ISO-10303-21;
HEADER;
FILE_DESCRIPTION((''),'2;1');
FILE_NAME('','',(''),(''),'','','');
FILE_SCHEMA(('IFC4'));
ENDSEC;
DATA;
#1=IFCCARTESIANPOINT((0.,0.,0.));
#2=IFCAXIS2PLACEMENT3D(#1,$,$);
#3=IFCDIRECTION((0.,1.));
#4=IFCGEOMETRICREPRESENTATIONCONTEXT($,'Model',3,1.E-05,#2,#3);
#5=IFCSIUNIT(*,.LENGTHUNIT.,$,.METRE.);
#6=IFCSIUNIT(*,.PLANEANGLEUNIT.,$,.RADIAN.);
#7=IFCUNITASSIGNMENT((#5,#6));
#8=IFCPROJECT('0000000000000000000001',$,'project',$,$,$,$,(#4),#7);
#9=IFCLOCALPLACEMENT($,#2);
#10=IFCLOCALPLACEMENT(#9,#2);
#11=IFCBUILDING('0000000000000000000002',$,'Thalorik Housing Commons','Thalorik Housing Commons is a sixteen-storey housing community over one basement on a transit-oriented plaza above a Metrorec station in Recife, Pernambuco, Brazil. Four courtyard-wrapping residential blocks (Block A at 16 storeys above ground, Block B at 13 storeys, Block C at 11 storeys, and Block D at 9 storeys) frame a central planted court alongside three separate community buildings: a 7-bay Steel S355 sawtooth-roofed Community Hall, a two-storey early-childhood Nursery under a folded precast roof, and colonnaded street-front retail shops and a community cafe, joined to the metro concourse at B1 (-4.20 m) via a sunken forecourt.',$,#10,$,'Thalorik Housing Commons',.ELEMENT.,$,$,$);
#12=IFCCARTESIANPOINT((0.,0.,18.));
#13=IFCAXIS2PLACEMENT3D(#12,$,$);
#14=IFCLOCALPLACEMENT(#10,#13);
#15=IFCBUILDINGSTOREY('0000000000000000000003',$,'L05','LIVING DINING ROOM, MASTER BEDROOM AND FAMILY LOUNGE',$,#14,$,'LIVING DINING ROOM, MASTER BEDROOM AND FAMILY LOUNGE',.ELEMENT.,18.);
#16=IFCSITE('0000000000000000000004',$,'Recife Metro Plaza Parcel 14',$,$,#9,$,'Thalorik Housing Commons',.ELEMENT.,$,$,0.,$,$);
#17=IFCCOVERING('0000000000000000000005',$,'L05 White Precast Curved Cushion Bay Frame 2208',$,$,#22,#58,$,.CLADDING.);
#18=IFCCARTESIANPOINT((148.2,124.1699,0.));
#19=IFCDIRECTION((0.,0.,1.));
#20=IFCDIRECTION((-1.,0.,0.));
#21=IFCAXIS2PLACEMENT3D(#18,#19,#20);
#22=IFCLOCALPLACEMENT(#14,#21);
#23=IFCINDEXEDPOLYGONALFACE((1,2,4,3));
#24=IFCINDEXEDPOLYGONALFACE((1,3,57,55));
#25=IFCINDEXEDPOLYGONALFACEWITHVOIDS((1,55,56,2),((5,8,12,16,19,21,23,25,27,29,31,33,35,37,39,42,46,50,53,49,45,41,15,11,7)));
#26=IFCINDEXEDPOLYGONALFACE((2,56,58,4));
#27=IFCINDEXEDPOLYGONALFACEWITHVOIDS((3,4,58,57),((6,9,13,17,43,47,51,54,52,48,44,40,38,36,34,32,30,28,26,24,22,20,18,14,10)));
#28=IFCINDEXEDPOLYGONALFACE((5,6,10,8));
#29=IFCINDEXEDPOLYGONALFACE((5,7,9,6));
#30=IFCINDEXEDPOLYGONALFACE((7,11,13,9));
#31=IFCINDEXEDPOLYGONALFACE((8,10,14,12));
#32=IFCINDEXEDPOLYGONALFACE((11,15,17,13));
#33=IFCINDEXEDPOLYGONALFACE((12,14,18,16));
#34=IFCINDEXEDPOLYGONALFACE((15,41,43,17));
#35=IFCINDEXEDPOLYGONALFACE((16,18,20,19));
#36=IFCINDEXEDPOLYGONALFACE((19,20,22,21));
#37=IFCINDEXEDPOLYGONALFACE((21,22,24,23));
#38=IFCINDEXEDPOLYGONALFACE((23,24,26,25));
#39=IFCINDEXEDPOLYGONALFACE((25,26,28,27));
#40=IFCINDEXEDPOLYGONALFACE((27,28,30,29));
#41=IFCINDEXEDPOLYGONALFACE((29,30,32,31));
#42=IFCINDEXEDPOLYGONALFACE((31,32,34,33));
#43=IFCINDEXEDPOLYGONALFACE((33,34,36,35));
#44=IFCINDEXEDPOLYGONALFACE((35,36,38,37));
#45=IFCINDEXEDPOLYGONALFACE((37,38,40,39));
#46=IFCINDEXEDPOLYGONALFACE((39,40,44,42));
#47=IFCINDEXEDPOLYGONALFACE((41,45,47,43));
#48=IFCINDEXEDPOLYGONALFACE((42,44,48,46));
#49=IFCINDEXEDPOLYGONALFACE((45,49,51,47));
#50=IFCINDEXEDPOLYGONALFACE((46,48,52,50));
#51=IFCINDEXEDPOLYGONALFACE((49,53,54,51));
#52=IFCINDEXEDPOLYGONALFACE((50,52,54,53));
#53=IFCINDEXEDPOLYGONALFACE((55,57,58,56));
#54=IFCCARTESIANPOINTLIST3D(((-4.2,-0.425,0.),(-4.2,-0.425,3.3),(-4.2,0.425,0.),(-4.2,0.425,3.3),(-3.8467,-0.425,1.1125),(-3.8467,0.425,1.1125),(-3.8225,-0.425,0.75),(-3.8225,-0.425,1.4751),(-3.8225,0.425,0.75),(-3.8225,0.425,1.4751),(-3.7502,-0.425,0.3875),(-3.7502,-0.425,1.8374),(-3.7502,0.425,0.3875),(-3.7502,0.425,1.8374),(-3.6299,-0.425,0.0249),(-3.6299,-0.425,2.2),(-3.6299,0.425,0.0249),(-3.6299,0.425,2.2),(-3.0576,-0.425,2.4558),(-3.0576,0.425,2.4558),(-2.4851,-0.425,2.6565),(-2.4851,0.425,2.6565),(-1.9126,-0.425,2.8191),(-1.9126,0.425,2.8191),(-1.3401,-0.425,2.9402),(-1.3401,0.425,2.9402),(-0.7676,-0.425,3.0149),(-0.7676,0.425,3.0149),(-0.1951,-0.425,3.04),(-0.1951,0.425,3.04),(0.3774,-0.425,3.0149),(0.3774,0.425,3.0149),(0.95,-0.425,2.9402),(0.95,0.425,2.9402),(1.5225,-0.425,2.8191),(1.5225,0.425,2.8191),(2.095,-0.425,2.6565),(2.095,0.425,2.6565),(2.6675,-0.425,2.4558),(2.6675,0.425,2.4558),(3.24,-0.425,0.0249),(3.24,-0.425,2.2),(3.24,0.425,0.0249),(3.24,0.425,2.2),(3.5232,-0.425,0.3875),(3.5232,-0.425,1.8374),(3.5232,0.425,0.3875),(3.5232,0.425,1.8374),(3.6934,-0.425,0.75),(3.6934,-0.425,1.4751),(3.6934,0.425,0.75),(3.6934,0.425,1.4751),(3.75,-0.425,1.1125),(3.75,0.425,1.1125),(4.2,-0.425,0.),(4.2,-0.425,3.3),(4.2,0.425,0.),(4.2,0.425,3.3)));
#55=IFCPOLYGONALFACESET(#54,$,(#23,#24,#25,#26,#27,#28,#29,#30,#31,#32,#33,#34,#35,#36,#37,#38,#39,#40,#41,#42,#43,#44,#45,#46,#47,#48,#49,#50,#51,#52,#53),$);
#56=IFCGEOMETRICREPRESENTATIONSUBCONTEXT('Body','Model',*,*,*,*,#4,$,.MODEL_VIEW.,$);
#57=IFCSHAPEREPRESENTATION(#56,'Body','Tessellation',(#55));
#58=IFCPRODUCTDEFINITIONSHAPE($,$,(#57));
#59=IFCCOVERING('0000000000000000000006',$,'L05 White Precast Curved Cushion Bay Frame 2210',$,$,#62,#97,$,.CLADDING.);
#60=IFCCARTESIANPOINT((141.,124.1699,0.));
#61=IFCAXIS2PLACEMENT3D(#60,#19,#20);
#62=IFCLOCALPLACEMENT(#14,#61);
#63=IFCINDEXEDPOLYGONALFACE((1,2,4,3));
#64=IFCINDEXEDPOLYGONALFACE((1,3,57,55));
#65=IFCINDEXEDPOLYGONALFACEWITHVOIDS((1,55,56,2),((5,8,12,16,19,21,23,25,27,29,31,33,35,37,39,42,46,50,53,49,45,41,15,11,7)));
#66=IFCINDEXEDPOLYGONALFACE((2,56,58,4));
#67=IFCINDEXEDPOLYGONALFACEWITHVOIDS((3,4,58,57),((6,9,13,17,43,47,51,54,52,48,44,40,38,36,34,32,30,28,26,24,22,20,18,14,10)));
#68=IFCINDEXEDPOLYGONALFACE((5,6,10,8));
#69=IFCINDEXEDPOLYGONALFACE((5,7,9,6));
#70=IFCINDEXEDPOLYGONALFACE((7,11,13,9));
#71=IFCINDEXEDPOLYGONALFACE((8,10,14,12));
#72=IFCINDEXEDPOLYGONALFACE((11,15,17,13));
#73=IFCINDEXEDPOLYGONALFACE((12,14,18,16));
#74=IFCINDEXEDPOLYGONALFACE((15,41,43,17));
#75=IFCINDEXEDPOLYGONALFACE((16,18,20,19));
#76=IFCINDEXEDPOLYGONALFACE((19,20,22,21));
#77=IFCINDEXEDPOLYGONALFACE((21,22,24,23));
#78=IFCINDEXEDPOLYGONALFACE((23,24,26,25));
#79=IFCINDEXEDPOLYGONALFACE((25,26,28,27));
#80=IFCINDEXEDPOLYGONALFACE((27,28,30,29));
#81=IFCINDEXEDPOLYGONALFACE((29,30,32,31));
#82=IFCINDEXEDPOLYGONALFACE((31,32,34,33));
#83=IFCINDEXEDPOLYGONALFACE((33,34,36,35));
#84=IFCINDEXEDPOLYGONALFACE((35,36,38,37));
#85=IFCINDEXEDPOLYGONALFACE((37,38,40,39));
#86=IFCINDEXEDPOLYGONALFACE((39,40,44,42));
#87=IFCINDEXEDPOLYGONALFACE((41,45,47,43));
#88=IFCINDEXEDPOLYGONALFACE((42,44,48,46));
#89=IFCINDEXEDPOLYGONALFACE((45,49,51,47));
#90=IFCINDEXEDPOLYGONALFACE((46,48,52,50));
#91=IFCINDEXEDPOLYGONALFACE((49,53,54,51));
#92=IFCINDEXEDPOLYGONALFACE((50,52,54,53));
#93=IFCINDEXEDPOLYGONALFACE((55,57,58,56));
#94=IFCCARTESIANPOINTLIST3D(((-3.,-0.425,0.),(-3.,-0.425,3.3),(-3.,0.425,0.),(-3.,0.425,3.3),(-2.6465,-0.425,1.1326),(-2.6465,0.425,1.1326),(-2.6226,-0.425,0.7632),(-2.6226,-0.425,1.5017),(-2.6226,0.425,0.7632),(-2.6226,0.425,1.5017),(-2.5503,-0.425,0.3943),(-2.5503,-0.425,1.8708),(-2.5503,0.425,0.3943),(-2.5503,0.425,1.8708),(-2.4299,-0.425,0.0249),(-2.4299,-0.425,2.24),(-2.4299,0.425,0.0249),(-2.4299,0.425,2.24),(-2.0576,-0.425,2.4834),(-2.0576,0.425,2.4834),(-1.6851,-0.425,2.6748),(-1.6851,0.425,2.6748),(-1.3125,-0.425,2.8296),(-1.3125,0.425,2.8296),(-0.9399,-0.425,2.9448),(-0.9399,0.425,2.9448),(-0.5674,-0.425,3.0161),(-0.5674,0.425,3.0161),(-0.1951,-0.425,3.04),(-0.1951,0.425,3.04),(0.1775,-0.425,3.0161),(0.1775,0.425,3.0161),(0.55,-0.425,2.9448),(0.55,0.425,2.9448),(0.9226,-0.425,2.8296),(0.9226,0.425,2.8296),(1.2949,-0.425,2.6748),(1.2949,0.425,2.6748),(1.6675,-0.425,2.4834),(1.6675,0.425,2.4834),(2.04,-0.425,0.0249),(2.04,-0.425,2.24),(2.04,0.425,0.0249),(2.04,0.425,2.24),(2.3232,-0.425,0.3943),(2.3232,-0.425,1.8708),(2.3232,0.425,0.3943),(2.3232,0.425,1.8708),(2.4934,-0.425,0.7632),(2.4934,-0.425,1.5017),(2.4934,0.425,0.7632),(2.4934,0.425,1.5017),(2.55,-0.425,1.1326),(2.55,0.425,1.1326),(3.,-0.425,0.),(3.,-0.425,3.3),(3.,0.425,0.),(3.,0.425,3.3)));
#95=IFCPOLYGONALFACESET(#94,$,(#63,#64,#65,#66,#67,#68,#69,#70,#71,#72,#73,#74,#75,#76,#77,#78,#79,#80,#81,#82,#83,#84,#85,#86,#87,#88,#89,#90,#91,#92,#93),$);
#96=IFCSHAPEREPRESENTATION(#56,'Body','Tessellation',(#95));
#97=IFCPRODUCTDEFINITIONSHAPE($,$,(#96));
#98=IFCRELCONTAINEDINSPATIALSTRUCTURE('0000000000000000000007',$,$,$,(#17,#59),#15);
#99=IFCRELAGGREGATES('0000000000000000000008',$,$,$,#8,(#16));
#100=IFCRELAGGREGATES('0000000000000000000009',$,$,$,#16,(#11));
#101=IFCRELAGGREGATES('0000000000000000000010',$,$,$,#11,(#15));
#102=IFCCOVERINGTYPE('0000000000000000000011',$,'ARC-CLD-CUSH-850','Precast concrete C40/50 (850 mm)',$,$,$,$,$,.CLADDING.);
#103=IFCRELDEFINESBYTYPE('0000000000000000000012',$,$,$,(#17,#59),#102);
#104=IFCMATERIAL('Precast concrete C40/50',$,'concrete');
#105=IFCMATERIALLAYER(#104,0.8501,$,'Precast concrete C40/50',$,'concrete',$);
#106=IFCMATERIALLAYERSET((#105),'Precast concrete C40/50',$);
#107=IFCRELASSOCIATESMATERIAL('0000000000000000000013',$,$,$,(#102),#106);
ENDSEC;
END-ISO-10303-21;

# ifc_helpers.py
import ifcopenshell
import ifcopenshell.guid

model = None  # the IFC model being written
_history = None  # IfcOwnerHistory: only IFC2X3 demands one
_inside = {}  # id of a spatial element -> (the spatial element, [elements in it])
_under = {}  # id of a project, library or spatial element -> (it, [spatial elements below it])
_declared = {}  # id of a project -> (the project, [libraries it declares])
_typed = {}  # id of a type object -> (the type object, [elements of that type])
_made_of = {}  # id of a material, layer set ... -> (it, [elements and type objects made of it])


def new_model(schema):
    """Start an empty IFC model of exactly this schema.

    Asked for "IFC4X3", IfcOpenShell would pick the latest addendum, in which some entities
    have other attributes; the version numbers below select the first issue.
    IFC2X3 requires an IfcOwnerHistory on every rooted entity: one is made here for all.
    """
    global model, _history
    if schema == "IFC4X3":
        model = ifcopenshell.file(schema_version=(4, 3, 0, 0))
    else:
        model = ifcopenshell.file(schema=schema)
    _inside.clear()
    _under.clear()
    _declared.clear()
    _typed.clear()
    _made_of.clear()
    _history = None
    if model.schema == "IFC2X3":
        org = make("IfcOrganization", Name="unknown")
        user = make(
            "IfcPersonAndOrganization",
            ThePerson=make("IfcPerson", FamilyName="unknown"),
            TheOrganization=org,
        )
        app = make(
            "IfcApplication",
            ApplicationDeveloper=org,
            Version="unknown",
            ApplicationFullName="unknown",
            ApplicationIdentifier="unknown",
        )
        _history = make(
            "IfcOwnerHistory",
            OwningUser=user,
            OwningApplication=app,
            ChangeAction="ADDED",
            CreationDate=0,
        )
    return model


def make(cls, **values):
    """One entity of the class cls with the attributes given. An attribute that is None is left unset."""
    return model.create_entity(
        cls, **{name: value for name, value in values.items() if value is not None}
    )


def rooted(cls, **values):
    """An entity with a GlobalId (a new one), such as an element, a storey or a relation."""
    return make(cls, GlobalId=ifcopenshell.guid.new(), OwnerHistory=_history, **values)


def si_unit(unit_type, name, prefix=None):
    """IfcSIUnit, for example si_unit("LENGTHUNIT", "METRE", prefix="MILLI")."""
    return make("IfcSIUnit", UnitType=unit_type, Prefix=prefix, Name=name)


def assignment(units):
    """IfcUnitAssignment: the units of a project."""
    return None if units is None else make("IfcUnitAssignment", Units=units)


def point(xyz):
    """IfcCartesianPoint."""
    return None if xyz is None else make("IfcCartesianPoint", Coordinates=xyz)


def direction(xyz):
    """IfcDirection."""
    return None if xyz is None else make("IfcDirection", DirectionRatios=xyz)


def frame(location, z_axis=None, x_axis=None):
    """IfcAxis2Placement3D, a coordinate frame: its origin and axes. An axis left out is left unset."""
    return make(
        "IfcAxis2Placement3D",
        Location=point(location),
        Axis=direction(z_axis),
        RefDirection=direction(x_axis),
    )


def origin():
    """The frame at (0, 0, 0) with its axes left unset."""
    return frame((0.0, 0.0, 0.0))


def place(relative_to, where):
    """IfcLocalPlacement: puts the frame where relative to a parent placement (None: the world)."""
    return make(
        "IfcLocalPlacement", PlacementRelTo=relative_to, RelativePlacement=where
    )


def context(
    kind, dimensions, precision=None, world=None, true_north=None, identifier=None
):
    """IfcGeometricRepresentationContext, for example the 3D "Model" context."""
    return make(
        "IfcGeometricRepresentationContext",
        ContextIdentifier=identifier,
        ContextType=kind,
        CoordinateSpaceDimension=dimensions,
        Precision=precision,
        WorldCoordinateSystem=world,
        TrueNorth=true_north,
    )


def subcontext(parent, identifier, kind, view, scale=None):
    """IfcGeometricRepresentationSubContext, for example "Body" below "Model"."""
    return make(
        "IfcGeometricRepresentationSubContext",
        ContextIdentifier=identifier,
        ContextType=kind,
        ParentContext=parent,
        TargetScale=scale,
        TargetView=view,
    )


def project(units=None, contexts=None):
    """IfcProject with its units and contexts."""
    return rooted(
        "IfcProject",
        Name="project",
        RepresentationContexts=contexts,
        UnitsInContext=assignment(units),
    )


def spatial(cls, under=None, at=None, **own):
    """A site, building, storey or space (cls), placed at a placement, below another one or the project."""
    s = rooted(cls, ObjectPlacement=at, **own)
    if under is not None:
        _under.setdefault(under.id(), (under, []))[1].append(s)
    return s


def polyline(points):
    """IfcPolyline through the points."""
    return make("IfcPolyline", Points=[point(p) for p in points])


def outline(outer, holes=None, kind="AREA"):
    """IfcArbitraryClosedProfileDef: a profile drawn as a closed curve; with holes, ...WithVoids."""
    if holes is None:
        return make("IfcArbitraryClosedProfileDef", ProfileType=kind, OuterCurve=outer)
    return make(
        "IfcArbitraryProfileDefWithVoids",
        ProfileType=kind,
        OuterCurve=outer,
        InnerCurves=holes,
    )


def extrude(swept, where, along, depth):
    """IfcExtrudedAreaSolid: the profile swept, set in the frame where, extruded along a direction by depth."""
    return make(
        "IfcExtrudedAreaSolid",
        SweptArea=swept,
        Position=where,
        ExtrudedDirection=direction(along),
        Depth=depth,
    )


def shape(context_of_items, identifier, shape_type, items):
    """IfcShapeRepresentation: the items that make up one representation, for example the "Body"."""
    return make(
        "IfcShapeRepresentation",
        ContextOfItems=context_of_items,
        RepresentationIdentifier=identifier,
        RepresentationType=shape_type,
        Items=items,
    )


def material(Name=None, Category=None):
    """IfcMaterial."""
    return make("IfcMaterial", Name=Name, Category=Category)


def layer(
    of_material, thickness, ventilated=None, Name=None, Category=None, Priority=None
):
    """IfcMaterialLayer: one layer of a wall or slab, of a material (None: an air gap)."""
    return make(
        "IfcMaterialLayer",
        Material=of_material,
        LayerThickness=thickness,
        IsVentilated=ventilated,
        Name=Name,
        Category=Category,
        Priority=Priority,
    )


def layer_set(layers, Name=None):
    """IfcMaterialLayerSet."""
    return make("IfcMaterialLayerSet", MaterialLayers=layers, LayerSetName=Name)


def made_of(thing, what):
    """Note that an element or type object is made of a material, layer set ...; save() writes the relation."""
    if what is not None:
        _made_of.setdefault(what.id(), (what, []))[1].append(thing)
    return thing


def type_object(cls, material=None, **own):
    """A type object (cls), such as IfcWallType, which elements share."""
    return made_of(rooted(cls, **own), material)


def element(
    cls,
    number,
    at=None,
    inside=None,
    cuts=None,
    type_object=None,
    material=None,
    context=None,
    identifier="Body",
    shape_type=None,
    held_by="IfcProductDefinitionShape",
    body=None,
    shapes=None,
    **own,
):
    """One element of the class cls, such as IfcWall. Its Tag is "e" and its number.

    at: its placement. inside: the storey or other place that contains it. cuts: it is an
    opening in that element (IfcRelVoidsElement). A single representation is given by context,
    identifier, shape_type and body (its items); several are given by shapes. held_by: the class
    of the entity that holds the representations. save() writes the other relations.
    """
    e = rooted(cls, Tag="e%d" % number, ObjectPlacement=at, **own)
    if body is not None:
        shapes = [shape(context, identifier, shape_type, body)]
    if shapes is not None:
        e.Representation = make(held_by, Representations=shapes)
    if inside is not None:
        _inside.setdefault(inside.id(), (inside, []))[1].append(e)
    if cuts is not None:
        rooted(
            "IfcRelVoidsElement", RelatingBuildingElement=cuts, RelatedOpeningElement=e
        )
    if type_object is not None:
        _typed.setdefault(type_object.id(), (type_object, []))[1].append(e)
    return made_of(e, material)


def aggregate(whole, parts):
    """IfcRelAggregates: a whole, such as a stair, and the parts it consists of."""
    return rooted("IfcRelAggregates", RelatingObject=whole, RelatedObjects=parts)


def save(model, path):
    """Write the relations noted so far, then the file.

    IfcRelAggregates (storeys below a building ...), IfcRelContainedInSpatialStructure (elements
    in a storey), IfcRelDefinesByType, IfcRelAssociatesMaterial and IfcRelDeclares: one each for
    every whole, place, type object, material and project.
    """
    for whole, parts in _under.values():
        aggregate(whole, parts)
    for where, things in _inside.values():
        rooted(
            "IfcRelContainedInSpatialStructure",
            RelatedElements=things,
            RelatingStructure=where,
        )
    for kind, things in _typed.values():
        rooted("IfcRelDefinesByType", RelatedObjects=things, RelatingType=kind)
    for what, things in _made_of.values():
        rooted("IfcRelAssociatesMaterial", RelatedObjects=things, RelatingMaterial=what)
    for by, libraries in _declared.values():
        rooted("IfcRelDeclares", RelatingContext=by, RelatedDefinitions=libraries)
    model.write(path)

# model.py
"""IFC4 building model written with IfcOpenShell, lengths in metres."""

from ifc_helpers import new_model, si_unit, direction, frame, origin, place, context, subcontext, project, spatial, polyline, outline, extrude, material, layer, layer_set, type_object, element, save


model = new_model("IFC4")

# Units and contexts
model_context = context("Model", 3, precision=1e-05, world=origin(), true_north=direction((0.0, 1.0)))
body_context = subcontext(model_context, "Body", "Model", "MODEL_VIEW")
ifc_project = project(units=[si_unit("LENGTHUNIT", "METRE"), si_unit("PLANEANGLEUNIT", "RADIAN")], contexts=[model_context])

# Site, building, storey
site_placement = place(None, origin())
site = spatial("IfcSite", under=ifc_project, at=site_placement, Name="Recife Metro Plaza Parcel 14", LongName="Thalorik Housing Commons", CompositionType="ELEMENT", RefElevation=0.0)
building_placement = place(site_placement, origin())
building = spatial("IfcBuilding", under=site, at=building_placement, Name="Thalorik Housing Commons", Description="Thalorik Housing Commons is a sixteen-storey housing community over one basement on a transit-oriented plaza above a Metrorec station in Recife, Pernambuco, Brazil. Four courtyard-wrapping residential blocks (Block A at 16 storeys above ground, Block B at 13 storeys, Block C at 11 storeys, and Block D at 9 storeys) frame a central planted court alongside three separate community buildings: a 7-bay Steel S355 sawtooth-roofed Community Hall, a two-storey early-childhood Nursery under a folded precast roof, and colonnaded street-front retail shops and a community cafe, joined to the metro concourse at B1 (-4.20 m) via a sunken forecourt.", LongName="Thalorik Housing Commons", CompositionType="ELEMENT")
storey_placement = place(building_placement, frame((0.0, 0.0, 18.0)))
storey = spatial("IfcBuildingStorey", under=building, at=storey_placement, Name="L05", Description="LIVING DINING ROOM, MASTER BEDROOM AND FAMILY LOUNGE", LongName="LIVING DINING ROOM, MASTER BEDROOM AND FAMILY LOUNGE", CompositionType="ELEMENT", Elevation=18.0)

# Shared definitions
ifc_material_1 = material(Name="Precast concrete C40/50", Category="concrete")

# Coverings
ifc_layer_1 = layer(ifc_material_1, 0.8501, Name="Precast concrete C40/50", Category="concrete")
ifc_layer_set_1 = layer_set([ifc_layer_1], Name="Precast concrete C40/50")
covering_type_1 = type_object("IfcCoveringType", Name="ARC-CLD-CUSH-850", Description="Precast concrete C40/50 (850 mm)", PredefinedType="CLADDING", material=ifc_layer_set_1)
covering_1_placement = place(storey_placement, frame((148.2, 124.1699, 0.0), z_axis=(0.0, 0.0, 1.0), x_axis=(-1.0, 0.0, 0.0)))
element("IfcCovering", 1, at=covering_1_placement, inside=storey, type_object=covering_type_1, Name="L05 White Precast Curved Cushion Bay Frame 2208", PredefinedType="CLADDING", context=body_context, shape_type="SweptSolid", body=[
    extrude(outline(polyline([(-4.2, 0.0), (4.2, 0.0), (4.2, 3.3), (-4.2, 3.3), (-4.2, 0.0)]), holes=[polyline([(3.24, 0.0249), (3.5232, 0.3875), (3.6934, 0.75), (3.75, 1.1125), (3.6934, 1.4751), (3.5232, 1.8374), (3.24, 2.2), (2.6675, 2.4558), (2.095, 2.6565), (1.5225, 2.8191), (0.95, 2.9402), (0.3774, 3.0149), (-0.1951, 3.04), (-0.7676, 3.0149), (-1.3401, 2.9402), (-1.9126, 2.8191), (-2.4851, 2.6565), (-3.0576, 2.4558), (-3.6299, 2.2), (-3.7502, 1.8374), (-3.8225, 1.4751), (-3.8467, 1.1125), (-3.8225, 0.75), (-3.7502, 0.3875), (-3.6299, 0.0249), (3.24, 0.0249)])]), frame((0.0, 0.425, 0.0), z_axis=(0.0, -1.0, 0.0), x_axis=(1.0, 0.0, 0.0)), (0.0, 0.0, 1.0), 0.8501),
])
covering_2_placement = place(storey_placement, frame((141.0, 124.1699, 0.0), z_axis=(0.0, 0.0, 1.0), x_axis=(-1.0, 0.0, 0.0)))
element("IfcCovering", 2, at=covering_2_placement, inside=storey, type_object=covering_type_1, Name="L05 White Precast Curved Cushion Bay Frame 2210", PredefinedType="CLADDING", context=body_context, shape_type="SweptSolid", body=[
    extrude(outline(polyline([(-3.0, 0.0), (3.0, 0.0), (3.0, 3.3), (-3.0, 3.3), (-3.0, 0.0)]), holes=[polyline([(2.04, 0.0249), (2.3232, 0.3943), (2.4934, 0.7632), (2.55, 1.1326), (2.4934, 1.5017), (2.3232, 1.8708), (2.04, 2.24), (1.6675, 2.4834), (1.2949, 2.6748), (0.9226, 2.8296), (0.55, 2.9448), (0.1775, 3.0161), (-0.1951, 3.04), (-0.5674, 3.0161), (-0.9399, 2.9448), (-1.3125, 2.8296), (-1.6851, 2.6748), (-2.0576, 2.4834), (-2.4299, 2.24), (-2.5503, 1.8708), (-2.6226, 1.5017), (-2.6465, 1.1326), (-2.6226, 0.7632), (-2.5503, 0.3943), (-2.4299, 0.0249), (2.04, 0.0249)])]), frame((0.0, 0.425, 0.0), z_axis=(0.0, -1.0, 0.0), x_axis=(1.0, 0.0, 0.0)), (0.0, 0.0, 1.0), 0.8501),
])

save(model, "model.ifc")
